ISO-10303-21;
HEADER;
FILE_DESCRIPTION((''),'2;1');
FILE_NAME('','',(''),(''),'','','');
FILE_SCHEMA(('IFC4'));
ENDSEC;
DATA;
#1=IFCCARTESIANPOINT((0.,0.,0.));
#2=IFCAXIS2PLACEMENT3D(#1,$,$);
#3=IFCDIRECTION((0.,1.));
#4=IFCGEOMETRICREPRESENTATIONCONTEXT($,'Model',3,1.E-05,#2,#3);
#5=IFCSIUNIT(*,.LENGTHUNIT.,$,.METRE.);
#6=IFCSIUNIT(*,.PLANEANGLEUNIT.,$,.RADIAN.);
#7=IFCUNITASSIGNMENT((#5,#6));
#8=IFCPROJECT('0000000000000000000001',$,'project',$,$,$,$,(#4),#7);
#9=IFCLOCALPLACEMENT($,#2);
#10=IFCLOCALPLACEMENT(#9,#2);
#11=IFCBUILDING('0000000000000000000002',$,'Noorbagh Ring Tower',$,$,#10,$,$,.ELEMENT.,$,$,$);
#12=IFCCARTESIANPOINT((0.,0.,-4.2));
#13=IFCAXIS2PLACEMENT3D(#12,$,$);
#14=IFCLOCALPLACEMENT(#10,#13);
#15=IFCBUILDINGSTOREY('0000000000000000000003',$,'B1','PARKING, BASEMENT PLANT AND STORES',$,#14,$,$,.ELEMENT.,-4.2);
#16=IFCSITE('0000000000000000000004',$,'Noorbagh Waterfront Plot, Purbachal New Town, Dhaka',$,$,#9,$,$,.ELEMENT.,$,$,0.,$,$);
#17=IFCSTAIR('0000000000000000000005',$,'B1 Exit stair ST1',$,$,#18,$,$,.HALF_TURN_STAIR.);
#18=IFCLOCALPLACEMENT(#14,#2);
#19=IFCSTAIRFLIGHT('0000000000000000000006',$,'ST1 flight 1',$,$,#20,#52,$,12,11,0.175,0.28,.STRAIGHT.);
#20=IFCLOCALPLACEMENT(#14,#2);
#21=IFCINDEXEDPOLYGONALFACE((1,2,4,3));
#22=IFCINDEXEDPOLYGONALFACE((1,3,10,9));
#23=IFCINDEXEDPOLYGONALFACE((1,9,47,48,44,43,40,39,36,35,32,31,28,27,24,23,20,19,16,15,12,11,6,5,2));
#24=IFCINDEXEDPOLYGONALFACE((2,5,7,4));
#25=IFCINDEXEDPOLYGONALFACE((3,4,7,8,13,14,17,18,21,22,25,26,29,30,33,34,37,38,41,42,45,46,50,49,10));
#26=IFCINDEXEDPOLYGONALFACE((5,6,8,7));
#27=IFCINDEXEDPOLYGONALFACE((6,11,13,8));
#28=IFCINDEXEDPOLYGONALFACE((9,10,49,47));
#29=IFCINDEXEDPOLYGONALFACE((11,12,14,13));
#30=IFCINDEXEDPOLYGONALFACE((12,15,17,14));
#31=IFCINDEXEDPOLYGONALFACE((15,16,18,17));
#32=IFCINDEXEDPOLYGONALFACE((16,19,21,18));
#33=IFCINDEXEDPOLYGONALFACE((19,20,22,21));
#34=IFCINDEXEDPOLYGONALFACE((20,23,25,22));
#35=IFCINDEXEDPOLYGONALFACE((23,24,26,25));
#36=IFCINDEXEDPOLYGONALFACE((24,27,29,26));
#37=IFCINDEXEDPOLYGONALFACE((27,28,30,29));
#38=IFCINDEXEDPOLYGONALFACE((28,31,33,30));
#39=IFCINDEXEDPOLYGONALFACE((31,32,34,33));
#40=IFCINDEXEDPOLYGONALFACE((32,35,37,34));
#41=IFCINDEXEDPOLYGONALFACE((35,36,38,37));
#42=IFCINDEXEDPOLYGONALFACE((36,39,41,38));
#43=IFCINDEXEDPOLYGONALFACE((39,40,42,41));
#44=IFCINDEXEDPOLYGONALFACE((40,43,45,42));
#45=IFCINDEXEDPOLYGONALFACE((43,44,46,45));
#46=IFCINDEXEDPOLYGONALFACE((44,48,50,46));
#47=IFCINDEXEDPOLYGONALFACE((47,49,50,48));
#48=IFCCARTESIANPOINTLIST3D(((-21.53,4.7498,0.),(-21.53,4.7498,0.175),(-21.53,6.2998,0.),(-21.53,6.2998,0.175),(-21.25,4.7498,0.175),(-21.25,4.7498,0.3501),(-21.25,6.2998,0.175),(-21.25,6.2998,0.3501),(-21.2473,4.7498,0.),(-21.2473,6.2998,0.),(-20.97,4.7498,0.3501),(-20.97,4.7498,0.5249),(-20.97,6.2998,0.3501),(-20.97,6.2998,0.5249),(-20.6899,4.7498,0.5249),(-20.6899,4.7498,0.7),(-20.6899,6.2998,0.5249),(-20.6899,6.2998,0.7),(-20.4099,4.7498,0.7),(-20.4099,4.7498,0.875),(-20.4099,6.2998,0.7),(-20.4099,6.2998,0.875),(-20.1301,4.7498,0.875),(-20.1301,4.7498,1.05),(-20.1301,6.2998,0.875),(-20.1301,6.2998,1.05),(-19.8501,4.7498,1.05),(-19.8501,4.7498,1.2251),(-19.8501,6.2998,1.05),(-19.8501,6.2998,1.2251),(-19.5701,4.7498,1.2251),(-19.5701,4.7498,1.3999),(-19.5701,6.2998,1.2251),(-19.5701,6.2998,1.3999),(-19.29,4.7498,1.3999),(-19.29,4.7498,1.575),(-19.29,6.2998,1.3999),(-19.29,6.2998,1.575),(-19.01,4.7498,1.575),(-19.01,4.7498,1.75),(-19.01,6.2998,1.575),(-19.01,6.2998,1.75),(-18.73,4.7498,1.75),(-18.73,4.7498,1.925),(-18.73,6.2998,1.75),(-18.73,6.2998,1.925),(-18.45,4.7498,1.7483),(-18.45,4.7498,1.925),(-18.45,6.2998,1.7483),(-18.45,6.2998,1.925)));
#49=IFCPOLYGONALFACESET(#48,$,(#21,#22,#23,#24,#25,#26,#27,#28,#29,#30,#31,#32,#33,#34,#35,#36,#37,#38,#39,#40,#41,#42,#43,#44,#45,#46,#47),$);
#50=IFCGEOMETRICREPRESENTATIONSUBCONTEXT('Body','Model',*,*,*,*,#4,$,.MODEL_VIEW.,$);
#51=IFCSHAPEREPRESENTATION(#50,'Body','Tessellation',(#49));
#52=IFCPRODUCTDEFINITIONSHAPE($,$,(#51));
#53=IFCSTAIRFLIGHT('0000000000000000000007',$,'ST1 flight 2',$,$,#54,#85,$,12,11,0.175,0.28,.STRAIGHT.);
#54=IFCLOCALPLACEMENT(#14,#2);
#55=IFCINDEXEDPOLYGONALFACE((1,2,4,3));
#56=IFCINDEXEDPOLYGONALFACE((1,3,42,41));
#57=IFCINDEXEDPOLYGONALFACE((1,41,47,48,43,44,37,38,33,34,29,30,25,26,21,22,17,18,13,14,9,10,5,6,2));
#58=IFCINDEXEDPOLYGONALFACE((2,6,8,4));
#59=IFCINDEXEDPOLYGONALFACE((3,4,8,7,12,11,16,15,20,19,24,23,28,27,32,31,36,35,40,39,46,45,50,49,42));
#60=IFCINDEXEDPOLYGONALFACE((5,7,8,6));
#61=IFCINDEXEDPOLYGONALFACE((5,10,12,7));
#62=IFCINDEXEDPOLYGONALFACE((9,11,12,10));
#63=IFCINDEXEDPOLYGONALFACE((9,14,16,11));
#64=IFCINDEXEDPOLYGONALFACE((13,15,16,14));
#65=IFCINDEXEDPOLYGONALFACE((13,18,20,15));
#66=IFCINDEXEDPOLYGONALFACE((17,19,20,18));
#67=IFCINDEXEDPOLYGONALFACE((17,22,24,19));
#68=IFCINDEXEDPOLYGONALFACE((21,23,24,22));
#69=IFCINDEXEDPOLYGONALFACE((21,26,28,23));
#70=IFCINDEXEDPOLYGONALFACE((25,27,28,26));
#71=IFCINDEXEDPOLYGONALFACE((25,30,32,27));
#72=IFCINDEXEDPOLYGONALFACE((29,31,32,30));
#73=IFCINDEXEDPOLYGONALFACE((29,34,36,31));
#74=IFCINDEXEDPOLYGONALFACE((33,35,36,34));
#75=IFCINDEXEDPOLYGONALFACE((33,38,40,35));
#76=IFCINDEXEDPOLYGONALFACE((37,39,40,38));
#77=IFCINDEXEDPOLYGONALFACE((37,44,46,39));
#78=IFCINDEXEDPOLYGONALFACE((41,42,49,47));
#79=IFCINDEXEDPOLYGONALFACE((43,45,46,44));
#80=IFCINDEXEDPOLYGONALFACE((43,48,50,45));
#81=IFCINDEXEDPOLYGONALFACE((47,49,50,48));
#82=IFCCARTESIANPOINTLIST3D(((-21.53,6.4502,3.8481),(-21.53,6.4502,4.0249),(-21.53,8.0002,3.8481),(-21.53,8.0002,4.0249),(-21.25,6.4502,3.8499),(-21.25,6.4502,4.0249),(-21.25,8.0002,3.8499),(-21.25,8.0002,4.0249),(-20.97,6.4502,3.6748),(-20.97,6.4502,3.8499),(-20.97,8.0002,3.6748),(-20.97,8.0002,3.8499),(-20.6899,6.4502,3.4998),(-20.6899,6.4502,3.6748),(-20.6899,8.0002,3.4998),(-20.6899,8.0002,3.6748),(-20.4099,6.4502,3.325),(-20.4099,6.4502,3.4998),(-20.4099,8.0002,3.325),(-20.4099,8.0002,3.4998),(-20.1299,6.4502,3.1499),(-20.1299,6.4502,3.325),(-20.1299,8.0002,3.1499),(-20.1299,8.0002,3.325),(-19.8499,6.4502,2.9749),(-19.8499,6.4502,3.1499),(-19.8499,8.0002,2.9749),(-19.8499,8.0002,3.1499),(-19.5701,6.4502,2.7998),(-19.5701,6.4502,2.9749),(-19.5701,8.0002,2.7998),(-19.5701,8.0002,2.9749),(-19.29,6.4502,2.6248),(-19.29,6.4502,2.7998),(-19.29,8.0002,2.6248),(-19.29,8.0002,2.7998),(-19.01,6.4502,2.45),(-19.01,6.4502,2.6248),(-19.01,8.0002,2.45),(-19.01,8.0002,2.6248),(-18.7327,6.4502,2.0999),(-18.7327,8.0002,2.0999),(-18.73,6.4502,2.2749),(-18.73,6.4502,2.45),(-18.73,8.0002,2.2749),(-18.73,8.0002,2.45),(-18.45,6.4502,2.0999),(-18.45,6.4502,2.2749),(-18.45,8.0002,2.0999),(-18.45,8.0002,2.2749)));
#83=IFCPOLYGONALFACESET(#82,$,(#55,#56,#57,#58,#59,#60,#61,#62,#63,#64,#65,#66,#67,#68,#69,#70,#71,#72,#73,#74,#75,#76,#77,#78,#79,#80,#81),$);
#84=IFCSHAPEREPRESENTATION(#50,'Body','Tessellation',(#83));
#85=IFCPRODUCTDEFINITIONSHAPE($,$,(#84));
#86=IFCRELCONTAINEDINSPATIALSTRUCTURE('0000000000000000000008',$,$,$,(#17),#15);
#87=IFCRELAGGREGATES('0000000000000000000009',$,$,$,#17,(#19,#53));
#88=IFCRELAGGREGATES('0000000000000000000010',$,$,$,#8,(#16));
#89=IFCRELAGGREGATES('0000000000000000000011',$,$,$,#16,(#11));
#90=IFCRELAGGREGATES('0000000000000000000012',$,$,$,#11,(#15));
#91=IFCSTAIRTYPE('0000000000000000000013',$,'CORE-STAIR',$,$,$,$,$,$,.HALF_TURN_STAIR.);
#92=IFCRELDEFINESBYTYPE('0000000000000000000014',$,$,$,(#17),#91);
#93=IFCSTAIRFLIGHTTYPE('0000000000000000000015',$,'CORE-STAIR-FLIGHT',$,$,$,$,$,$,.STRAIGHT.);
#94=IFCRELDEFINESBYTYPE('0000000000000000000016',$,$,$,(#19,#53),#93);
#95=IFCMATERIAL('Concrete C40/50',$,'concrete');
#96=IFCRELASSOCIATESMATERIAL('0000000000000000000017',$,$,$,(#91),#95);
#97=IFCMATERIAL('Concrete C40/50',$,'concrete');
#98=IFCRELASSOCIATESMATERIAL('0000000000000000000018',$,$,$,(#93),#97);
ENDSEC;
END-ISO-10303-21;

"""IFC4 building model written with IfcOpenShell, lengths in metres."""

from ifc_helpers import new_model, si_unit, direction, frame, origin, place, context, subcontext, project, spatial, polyline, outline, extrude, material, type_object, element, aggregate, save


model = new_model("IFC4")

# Units and contexts
model_context = context("Model", 3, precision=1e-05, world=origin(), true_north=direction((0.0, 1.0)))
body_context = subcontext(model_context, "Body", "Model", "MODEL_VIEW")
ifc_project = project(units=[si_unit("LENGTHUNIT", "METRE"), si_unit("PLANEANGLEUNIT", "RADIAN")], contexts=[model_context])

# Site, building, storey
site_placement = place(None, origin())
site = spatial("IfcSite", under=ifc_project, at=site_placement, Name="Noorbagh Waterfront Plot, Purbachal New Town, Dhaka", CompositionType="ELEMENT", RefElevation=0.0)
building_placement = place(site_placement, origin())
building = spatial("IfcBuilding", under=site, at=building_placement, Name="Noorbagh Ring Tower", CompositionType="ELEMENT")
storey_placement = place(building_placement, frame((0.0, 0.0, -4.2)))
storey = spatial("IfcBuildingStorey", under=building, at=storey_placement, Name="B1", Description="PARKING, BASEMENT PLANT AND STORES", CompositionType="ELEMENT", Elevation=-4.2)

# Stair, stair flights
ifc_material_1 = material(Name="Concrete C40/50", Category="concrete")
stair_type = type_object("IfcStairType", Name="CORE-STAIR", PredefinedType="HALF_TURN_STAIR", material=ifc_material_1)
stair_placement = place(storey_placement, origin())
stair = element("IfcStair", 1, at=stair_placement, inside=storey, type_object=stair_type, Name="B1 Exit stair ST1", PredefinedType="HALF_TURN_STAIR")
ifc_material_2 = material(Name="Concrete C40/50", Category="concrete")
stair_flight_type = type_object("IfcStairFlightType", Name="CORE-STAIR-FLIGHT", PredefinedType="STRAIGHT", material=ifc_material_2)
stair_flight_1_placement = place(storey_placement, frame((-21.53, 5.5249, 0.0), z_axis=(0.0, 0.0, 1.0), x_axis=(1.0, 0.0, 0.0)))
stair_flight_1 = element("IfcStairFlight", 2, at=stair_flight_1_placement, type_object=stair_flight_type, Name="ST1 flight 1", NumberOfRisers=12, NumberOfTreads=11, PredefinedType="STRAIGHT", RiserHeight=0.175, TreadLength=0.28, context=body_context, shape_type="SweptSolid", body=[
    extrude(outline(polyline([(0.0, 0.0), (0.0, 0.175), (0.28, 0.175), (0.28, 0.3501), (0.5601, 0.3501), (0.5601, 0.5249), (0.8401, 0.5249), (0.8401, 0.7), (1.1201, 0.7), (1.1201, 0.875), (1.3999, 0.875), (1.3999, 1.05), (1.6799, 1.05), (1.6799, 1.2251), (1.96, 1.2251), (1.96, 1.3999), (2.24, 1.3999), (2.24, 1.575), (2.52, 1.575), (2.52, 1.75), (2.8, 1.75), (2.8, 1.925), (3.0801, 1.925), (3.0801, 2.1001), (3.0801, 1.7483), (0.2827, 0.0), (0.0, 0.0)])), frame((0.0, 0.7749, 0.0), z_axis=(0.0, -1.0, 0.0), x_axis=(1.0, 0.0, 0.0)), (0.0, 0.0, 1.0), 1.55),
])
stair_flight_2_placement = place(storey_placement, frame((-18.45, 7.2251, 2.0999), z_axis=(0.0, 0.0, 1.0), x_axis=(-1.0, 0.0, 0.0)))
stair_flight_2 = element("IfcStairFlight", 3, at=stair_flight_2_placement, type_object=stair_flight_type, Name="ST1 flight 2", NumberOfRisers=12, NumberOfTreads=11, PredefinedType="STRAIGHT", RiserHeight=0.175, TreadLength=0.28, context=body_context, shape_type="SweptSolid", body=[
    extrude(outline(polyline([(0.0, 0.0), (0.0, 0.175), (0.28, 0.175), (0.28, 0.3501), (0.5601, 0.3501), (0.5601, 0.5249), (0.8401, 0.5249), (0.8401, 0.7), (1.1201, 0.7), (1.1201, 0.875), (1.3999, 0.875), (1.3999, 1.05), (1.6799, 1.05), (1.6799, 1.2251), (1.96, 1.2251), (1.96, 1.3999), (2.24, 1.3999), (2.24, 1.575), (2.52, 1.575), (2.52, 1.75), (2.8, 1.75), (2.8, 1.925), (3.0801, 1.925), (3.0801, 2.1001), (3.0801, 1.7483), (0.2827, 0.0), (0.0, 0.0)])), frame((0.0, 0.7749, 0.0), z_axis=(0.0, -1.0, 0.0), x_axis=(1.0, 0.0, 0.0)), (0.0, 0.0, 1.0), 1.55),
])
aggregate(stair, [stair_flight_1, stair_flight_2])

save(model, "model.ifc")
